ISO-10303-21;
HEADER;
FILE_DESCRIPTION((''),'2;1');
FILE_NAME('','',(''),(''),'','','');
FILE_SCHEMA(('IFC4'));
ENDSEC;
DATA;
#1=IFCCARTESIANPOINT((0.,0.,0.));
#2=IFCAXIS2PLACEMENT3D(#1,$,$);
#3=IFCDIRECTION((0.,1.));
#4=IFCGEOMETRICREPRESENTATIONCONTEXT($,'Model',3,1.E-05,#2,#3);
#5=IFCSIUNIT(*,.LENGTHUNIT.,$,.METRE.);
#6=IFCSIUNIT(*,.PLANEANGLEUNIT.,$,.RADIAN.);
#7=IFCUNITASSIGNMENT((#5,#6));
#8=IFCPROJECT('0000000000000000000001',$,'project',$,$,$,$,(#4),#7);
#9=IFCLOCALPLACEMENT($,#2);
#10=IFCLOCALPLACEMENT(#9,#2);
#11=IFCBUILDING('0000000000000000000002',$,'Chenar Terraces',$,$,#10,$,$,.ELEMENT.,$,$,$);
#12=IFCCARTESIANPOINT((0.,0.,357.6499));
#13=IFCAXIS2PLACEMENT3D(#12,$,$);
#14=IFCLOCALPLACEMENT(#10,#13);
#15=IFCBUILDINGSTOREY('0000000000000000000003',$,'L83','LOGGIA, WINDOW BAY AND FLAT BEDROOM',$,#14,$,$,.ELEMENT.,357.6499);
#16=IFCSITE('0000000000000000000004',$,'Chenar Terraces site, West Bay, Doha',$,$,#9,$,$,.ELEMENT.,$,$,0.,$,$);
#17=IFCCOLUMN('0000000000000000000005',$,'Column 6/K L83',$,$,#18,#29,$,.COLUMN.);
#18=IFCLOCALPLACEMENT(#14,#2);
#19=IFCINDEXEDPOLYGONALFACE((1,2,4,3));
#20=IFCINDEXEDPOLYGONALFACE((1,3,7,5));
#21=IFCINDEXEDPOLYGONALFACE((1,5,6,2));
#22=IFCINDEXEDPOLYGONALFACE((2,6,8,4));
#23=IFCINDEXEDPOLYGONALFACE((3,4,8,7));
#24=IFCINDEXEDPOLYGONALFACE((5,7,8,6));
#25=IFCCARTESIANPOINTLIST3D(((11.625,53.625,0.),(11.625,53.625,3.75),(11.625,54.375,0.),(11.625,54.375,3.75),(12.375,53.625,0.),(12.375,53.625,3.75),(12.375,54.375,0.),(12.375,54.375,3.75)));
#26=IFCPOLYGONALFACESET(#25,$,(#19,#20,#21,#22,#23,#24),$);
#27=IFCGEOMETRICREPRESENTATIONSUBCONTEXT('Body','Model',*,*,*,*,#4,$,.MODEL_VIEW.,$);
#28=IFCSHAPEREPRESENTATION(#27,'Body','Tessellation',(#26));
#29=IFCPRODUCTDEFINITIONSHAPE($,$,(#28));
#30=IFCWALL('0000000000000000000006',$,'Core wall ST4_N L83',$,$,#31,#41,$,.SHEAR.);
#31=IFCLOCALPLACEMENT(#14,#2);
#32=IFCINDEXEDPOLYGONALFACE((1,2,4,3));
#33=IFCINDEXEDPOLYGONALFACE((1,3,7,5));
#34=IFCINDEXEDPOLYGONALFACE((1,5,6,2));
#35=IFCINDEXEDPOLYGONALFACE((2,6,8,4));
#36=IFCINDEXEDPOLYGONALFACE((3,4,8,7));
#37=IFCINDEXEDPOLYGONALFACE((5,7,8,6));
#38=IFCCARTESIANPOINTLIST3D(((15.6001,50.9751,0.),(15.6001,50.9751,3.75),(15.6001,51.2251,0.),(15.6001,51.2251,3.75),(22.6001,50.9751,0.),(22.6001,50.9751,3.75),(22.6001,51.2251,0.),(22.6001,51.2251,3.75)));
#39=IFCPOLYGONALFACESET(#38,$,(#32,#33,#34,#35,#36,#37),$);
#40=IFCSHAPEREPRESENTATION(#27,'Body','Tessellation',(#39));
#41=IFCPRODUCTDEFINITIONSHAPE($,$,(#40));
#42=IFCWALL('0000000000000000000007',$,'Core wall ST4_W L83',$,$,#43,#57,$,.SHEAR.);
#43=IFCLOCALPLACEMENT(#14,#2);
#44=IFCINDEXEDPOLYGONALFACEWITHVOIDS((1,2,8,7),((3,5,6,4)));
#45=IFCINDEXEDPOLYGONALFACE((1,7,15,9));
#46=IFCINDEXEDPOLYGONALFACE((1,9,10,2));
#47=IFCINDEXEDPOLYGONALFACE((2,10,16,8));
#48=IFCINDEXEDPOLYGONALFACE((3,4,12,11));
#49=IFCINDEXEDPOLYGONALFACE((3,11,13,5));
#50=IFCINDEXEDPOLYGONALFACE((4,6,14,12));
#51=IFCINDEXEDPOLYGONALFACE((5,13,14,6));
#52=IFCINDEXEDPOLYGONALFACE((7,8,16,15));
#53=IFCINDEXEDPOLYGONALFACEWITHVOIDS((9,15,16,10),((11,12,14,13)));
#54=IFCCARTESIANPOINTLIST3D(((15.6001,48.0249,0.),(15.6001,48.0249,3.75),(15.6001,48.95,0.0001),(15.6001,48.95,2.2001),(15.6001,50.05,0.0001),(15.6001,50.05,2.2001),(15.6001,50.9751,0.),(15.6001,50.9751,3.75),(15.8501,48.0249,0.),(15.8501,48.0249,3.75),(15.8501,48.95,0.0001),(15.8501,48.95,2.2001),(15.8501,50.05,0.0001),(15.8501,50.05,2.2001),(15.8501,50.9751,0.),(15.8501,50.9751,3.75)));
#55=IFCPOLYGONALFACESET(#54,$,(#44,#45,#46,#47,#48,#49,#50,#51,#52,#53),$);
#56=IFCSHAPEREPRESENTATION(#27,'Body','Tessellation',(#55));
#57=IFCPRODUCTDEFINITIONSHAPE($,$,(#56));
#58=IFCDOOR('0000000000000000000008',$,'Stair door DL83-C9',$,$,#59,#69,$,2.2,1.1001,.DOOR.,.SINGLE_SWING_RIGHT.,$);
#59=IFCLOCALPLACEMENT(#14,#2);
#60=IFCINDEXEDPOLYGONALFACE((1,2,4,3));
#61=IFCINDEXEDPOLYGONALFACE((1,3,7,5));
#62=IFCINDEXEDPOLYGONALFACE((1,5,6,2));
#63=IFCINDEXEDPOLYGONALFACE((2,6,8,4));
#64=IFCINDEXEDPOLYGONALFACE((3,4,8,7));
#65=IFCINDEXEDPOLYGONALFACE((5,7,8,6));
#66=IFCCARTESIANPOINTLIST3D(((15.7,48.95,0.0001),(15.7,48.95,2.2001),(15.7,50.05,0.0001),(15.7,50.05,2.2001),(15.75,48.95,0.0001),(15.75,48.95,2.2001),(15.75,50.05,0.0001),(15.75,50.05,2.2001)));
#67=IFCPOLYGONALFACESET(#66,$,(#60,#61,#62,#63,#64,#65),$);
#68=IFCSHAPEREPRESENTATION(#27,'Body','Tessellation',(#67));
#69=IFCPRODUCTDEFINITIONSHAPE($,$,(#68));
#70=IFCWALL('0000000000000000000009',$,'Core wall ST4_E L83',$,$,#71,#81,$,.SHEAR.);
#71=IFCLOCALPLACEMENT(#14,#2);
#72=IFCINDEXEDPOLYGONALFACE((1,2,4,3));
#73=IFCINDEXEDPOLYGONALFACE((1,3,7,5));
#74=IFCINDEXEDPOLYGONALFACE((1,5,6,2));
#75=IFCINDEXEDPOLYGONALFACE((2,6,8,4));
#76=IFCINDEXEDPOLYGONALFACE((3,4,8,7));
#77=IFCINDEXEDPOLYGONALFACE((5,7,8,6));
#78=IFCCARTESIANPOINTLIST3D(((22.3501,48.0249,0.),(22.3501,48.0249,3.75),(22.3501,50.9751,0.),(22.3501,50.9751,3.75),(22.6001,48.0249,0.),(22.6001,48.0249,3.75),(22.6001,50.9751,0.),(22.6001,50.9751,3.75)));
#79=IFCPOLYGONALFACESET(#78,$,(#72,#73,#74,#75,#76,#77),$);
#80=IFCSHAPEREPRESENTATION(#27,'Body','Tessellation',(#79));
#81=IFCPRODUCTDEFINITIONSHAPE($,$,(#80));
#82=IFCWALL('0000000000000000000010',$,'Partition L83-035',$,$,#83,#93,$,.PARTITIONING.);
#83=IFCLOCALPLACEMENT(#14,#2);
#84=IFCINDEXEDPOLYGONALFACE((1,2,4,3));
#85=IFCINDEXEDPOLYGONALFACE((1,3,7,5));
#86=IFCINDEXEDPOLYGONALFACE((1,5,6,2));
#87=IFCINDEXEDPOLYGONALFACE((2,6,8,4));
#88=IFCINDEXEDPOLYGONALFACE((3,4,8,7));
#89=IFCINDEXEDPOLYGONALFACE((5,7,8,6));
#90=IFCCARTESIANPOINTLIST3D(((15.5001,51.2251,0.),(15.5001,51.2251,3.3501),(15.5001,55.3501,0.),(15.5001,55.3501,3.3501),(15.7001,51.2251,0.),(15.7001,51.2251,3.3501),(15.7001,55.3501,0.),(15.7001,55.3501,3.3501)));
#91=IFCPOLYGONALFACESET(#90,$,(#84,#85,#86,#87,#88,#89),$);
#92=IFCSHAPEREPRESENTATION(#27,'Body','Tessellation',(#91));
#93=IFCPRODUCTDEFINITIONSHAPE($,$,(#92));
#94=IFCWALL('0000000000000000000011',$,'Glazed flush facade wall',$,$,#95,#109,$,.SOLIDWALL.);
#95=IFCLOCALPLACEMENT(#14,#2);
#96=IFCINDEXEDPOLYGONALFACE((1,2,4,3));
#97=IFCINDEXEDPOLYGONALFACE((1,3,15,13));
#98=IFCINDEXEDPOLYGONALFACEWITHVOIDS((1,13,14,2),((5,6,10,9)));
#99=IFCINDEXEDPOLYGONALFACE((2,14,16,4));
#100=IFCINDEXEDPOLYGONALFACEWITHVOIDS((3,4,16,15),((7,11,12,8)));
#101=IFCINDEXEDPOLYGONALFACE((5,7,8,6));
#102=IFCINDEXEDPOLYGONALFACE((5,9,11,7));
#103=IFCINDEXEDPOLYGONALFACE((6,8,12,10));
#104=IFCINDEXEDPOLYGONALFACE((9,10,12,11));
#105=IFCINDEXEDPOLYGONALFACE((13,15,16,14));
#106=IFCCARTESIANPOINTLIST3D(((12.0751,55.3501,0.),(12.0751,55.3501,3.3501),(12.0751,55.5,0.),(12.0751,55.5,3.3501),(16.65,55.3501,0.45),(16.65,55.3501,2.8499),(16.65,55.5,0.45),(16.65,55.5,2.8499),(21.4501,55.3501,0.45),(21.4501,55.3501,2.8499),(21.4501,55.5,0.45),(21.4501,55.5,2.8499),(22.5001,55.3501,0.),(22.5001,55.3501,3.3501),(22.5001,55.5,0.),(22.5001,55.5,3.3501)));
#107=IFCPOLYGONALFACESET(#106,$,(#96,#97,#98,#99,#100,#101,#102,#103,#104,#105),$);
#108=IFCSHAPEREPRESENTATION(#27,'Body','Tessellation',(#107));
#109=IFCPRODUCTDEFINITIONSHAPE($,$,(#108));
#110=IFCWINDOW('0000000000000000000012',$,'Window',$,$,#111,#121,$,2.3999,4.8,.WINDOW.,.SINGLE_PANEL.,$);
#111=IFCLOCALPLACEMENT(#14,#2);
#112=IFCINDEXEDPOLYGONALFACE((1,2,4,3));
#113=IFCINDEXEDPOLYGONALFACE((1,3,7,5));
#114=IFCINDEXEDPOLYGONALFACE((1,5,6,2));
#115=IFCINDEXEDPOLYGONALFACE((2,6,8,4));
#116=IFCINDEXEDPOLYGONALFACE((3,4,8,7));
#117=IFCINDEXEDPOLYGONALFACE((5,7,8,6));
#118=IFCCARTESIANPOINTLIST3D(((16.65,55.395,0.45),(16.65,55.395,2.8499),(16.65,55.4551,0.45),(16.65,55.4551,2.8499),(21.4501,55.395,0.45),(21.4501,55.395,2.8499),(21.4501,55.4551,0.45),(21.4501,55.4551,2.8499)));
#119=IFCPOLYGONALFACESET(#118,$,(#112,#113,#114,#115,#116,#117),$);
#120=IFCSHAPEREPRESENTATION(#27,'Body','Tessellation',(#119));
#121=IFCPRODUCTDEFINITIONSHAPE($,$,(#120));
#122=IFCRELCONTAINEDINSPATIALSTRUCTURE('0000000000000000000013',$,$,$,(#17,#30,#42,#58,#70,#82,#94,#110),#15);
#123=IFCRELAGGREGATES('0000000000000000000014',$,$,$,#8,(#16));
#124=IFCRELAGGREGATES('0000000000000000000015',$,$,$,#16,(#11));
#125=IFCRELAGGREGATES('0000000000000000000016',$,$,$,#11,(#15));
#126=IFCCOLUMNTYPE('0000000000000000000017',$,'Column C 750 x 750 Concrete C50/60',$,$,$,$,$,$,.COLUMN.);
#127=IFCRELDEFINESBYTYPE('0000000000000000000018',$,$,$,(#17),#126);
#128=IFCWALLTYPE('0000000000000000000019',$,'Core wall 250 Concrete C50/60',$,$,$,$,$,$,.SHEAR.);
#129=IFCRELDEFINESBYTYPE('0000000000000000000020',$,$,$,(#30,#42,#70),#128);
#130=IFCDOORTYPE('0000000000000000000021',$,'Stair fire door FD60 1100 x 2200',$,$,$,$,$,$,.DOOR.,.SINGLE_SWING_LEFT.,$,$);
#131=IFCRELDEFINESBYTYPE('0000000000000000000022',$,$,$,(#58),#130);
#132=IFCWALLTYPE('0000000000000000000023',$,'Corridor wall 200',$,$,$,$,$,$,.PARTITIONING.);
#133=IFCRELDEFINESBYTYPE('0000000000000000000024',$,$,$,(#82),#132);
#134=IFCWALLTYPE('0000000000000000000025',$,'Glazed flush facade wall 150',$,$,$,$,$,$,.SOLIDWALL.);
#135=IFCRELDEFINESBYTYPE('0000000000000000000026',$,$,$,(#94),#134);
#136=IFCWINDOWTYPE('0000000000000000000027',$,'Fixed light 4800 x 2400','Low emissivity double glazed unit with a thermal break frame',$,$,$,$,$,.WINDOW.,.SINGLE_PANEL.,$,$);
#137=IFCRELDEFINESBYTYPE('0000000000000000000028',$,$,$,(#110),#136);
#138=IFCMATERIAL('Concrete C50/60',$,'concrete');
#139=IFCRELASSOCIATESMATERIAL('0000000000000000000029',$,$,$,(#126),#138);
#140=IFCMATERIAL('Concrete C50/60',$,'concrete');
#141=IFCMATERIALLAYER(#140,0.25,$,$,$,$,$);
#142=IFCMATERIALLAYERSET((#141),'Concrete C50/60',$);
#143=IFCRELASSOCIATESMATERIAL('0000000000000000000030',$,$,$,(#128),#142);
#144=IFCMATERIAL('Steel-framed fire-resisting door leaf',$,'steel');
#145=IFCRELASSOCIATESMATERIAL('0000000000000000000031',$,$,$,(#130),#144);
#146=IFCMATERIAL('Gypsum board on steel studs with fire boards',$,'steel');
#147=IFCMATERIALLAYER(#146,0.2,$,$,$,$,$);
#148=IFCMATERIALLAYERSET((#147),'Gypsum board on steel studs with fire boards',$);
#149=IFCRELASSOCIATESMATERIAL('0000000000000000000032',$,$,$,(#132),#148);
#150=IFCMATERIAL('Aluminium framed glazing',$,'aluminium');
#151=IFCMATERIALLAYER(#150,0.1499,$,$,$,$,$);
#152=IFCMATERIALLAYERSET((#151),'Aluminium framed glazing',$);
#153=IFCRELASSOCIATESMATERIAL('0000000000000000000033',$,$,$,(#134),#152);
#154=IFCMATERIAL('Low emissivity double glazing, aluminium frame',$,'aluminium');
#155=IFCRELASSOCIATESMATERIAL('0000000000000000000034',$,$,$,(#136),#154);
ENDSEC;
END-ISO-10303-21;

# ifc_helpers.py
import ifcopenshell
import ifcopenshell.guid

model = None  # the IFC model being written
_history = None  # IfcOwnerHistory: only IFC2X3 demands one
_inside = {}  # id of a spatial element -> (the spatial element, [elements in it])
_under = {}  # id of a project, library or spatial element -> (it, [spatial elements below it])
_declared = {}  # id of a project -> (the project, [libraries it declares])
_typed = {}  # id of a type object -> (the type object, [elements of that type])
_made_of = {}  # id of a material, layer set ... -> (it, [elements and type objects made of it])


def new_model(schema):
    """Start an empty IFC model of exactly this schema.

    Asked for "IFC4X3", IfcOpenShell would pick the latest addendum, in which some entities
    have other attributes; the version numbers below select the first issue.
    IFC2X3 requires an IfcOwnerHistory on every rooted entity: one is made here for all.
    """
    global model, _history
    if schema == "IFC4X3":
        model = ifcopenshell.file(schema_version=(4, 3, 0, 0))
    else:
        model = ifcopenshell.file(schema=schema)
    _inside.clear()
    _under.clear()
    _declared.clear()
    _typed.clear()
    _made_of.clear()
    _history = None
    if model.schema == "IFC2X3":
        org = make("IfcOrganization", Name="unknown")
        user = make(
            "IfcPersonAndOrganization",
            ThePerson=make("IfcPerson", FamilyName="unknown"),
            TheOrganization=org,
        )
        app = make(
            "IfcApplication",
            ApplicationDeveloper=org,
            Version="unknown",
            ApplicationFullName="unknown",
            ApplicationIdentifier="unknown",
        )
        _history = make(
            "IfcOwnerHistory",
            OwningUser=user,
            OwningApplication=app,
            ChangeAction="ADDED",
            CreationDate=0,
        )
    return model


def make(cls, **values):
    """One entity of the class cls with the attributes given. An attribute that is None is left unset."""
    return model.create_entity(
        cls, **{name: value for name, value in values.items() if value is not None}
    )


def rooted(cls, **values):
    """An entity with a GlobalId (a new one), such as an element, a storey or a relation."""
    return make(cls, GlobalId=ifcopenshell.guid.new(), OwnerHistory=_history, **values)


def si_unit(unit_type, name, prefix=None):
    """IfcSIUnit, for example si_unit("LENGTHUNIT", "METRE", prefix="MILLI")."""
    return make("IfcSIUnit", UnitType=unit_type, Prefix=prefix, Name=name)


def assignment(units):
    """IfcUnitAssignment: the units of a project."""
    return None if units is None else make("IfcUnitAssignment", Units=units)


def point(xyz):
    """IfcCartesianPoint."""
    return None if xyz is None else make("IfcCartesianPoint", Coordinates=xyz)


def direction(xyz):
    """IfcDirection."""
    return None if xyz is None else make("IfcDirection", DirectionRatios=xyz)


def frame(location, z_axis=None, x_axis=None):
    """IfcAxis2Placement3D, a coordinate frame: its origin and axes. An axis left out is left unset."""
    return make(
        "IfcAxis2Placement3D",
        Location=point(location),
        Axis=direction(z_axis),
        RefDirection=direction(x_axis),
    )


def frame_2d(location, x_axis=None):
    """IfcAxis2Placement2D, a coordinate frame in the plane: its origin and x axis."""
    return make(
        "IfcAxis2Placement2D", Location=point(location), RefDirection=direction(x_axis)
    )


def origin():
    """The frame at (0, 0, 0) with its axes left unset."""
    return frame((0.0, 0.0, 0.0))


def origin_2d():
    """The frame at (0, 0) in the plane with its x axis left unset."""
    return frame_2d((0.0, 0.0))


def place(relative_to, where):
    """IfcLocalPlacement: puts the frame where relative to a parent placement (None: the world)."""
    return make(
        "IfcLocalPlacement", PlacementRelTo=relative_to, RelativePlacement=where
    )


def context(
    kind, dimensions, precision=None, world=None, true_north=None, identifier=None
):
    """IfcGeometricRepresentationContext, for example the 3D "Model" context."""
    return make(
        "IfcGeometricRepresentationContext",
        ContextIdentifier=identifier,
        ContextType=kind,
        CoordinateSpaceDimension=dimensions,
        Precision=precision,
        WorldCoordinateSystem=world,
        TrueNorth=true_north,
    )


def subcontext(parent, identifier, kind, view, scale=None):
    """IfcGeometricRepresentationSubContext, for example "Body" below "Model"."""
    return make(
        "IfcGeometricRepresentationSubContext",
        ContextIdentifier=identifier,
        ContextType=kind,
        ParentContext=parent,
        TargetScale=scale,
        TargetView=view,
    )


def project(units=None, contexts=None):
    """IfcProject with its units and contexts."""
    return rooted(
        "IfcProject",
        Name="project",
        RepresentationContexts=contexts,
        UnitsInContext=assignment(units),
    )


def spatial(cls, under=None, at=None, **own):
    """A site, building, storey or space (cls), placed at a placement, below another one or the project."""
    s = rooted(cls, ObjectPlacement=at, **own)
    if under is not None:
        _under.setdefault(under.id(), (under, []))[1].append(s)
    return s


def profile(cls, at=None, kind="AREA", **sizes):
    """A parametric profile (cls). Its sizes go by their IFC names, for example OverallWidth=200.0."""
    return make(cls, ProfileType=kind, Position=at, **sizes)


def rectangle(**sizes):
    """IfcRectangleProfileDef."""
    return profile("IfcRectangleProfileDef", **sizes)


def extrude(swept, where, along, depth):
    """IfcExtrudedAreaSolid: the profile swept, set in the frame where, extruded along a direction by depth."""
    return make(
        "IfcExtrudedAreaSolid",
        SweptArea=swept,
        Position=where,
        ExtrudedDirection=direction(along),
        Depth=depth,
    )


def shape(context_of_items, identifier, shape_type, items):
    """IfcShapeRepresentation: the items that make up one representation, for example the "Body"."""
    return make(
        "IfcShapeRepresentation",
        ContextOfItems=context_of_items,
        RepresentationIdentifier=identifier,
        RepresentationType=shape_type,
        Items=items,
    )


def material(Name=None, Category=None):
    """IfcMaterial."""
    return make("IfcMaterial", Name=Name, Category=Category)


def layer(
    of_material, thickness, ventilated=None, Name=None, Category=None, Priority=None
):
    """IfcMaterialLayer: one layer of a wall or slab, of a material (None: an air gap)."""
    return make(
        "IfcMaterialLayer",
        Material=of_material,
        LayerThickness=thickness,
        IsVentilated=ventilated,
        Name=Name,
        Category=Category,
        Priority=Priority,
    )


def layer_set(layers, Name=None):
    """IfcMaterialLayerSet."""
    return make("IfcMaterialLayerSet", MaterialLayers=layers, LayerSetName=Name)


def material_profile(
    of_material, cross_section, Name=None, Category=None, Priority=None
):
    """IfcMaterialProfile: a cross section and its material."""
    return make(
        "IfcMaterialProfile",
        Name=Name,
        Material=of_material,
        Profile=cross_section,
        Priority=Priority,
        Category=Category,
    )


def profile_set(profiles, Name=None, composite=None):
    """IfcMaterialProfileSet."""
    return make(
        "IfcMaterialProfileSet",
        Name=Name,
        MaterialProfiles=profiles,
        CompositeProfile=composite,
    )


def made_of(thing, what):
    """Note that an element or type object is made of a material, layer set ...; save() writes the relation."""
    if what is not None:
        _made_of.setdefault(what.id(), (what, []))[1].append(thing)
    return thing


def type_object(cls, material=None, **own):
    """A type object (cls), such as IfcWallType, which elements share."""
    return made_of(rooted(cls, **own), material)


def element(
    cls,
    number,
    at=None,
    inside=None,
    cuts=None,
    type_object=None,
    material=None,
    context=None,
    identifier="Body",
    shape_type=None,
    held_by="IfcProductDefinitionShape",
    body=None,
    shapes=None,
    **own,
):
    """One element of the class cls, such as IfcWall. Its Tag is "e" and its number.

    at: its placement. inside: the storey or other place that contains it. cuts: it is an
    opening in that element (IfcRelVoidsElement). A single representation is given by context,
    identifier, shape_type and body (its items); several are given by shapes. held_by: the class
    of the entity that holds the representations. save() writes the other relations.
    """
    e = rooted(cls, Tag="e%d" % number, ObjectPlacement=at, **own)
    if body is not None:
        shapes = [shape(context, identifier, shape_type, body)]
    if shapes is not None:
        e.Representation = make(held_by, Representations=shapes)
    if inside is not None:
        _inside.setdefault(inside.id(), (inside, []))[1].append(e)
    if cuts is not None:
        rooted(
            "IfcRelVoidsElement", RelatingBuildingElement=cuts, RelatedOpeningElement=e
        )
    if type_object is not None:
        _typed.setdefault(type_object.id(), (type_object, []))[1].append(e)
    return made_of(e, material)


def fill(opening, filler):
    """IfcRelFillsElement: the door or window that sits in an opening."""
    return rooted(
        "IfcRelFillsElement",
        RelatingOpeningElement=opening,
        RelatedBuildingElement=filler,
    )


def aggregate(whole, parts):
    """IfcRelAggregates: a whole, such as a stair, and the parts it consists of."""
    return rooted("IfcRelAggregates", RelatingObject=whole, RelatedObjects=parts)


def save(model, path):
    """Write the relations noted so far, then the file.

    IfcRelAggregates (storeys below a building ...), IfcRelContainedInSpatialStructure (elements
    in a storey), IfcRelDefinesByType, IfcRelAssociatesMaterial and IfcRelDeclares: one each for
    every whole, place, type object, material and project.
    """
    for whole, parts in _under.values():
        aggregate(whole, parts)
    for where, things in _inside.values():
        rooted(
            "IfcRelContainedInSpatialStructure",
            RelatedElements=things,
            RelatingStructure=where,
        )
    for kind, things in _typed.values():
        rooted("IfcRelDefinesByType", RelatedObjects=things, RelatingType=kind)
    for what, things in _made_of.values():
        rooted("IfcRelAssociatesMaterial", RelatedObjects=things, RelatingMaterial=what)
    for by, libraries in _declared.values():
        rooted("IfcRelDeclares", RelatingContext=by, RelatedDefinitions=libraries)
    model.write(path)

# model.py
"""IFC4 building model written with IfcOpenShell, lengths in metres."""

from ifc_helpers import new_model, si_unit, direction, frame, frame_2d, origin, origin_2d, place, context, subcontext, project, spatial, rectangle, extrude, material, layer, layer_set, material_profile, profile_set, type_object, element, fill, save


model = new_model("IFC4")

# Units and contexts
model_context = context("Model", 3, precision=1e-05, world=origin(), true_north=direction((0.0, 1.0)))
body_context = subcontext(model_context, "Body", "Model", "MODEL_VIEW")
ifc_project = project(units=[si_unit("LENGTHUNIT", "METRE"), si_unit("PLANEANGLEUNIT", "RADIAN")], contexts=[model_context])

# Site, building, storey
site_placement = place(None, origin())
site = spatial("IfcSite", under=ifc_project, at=site_placement, Name="Chenar Terraces site, West Bay, Doha", CompositionType="ELEMENT", RefElevation=0.0)
building_placement = place(site_placement, origin())
building = spatial("IfcBuilding", under=site, at=building_placement, Name="Chenar Terraces", CompositionType="ELEMENT")
storey_placement = place(building_placement, frame((0.0, 0.0, 357.6499)))
storey = spatial("IfcBuildingStorey", under=building, at=storey_placement, Name="L83", Description="LOGGIA, WINDOW BAY AND FLAT BEDROOM", CompositionType="ELEMENT", Elevation=357.6499)

# Column
ifc_material_1 = material(Name="Concrete C50/60", Category="concrete")
ifc_material_profile = material_profile(ifc_material_1, rectangle(XDim=0.75, YDim=0.75, at=origin_2d()), Name="C 750 x 750")
ifc_profile_set = profile_set([ifc_material_profile], Name="Concrete C50/60")
column_type = type_object("IfcColumnType", Name="Column C 750 x 750 Concrete C50/60", PredefinedType="COLUMN", material=ifc_profile_set)
column_placement = place(storey_placement, frame((12.0, 54.0, 0.0), z_axis=(0.0, 0.0, 1.0), x_axis=(1.0, 0.0, 0.0)))
element("IfcColumn", 1, at=column_placement, inside=storey, type_object=column_type, Name="Column 6/K L83", PredefinedType="COLUMN", context=body_context, shape_type="SweptSolid", body=[
    extrude(rectangle(XDim=0.75, YDim=0.75, at=origin_2d()), origin(), (0.0, 0.0, 1.0), 3.75),
])

# Wall
ifc_material_2 = material(Name="Concrete C50/60", Category="concrete")
ifc_layer_1 = layer(ifc_material_2, 0.25)
ifc_layer_set_1 = layer_set([ifc_layer_1], Name="Concrete C50/60")
wall_type_1 = type_object("IfcWallType", Name="Core wall 250 Concrete C50/60", PredefinedType="SHEAR", material=ifc_layer_set_1)
wall_1_placement = place(storey_placement, frame((15.6001, 51.1001, 0.0), z_axis=(0.0, 0.0, 1.0), x_axis=(1.0, 0.0, 0.0)))
element("IfcWall", 2, at=wall_1_placement, inside=storey, type_object=wall_type_1, Name="Core wall ST4_N L83", PredefinedType="SHEAR", context=body_context, shape_type="SweptSolid", body=[
    extrude(rectangle(XDim=7.0, YDim=0.25, at=frame_2d((3.5, 0.0))), origin(), (0.0, 0.0, 1.0), 3.75),
])

# Wall, opening, door
wall_2_placement = place(storey_placement, frame((15.7251, 48.0249, 0.0), z_axis=(0.0, 0.0, 1.0), x_axis=(0.0, 1.0, 0.0)))
wall_2 = element("IfcWall", 3, at=wall_2_placement, inside=storey, type_object=wall_type_1, Name="Core wall ST4_W L83", PredefinedType="SHEAR", context=body_context, shape_type="SweptSolid", body=[
    extrude(rectangle(XDim=2.9502, YDim=0.25, at=frame_2d((1.4751, 0.0))), origin(), (0.0, 0.0, 1.0), 3.75),
])
opening_1_placement = place(wall_2_placement, frame((0.925, 0.0, 0.0)))
opening_1 = element("IfcOpeningElement", 4, at=opening_1_placement, cuts=wall_2, PredefinedType="OPENING", context=body_context, shape_type="SweptSolid", body=[
    extrude(rectangle(XDim=1.1001, YDim=2.2, at=frame_2d((0.55, 1.1001))), frame((0.0, 0.135, 0.0), z_axis=(0.0, -1.0, 0.0), x_axis=(1.0, 0.0, 0.0)), (0.0, 0.0, 1.0), 0.27),
])
ifc_material_3 = material(Name="Steel-framed fire-resisting door leaf", Category="steel")
door_type_1 = type_object("IfcDoorType", Name="Stair fire door FD60 1100 x 2200", OperationType="SINGLE_SWING_LEFT", PredefinedType="DOOR", material=ifc_material_3)
door_1_placement = place(opening_1_placement, frame((1.1001, 0.0, 0.0), z_axis=(0.0, 0.0, 1.0), x_axis=(-1.0, 0.0, 0.0)))
door_1 = element("IfcDoor", 5, at=door_1_placement, inside=storey, type_object=door_type_1, Name="Stair door DL83-C9", OperationType="SINGLE_SWING_RIGHT", OverallHeight=2.2, OverallWidth=1.1001, PredefinedType="DOOR", context=body_context, shape_type="SweptSolid", body=[
    extrude(rectangle(XDim=1.1001, YDim=2.2, at=frame_2d((0.55, 1.1001))), frame((0.0, 0.0249, 0.0), z_axis=(0.0, -1.0, 0.0), x_axis=(1.0, 0.0, 0.0)), (0.0, 0.0, 1.0), 0.05),
])
fill(opening_1, door_1)

# Walls
wall_3_placement = place(storey_placement, frame((22.4751, 48.0249, 0.0), z_axis=(0.0, 0.0, 1.0), x_axis=(0.0, 1.0, 0.0)))
element("IfcWall", 6, at=wall_3_placement, inside=storey, type_object=wall_type_1, Name="Core wall ST4_E L83", PredefinedType="SHEAR", context=body_context, shape_type="SweptSolid", body=[
    extrude(rectangle(XDim=2.9502, YDim=0.25, at=frame_2d((1.4751, 0.0))), origin(), (0.0, 0.0, 1.0), 3.75),
])
ifc_material_4 = material(Name="Gypsum board on steel studs with fire boards", Category="steel")
ifc_layer_2 = layer(ifc_material_4, 0.2)
ifc_layer_set_2 = layer_set([ifc_layer_2], Name="Gypsum board on steel studs with fire boards")
wall_type_2 = type_object("IfcWallType", Name="Corridor wall 200", PredefinedType="PARTITIONING", material=ifc_layer_set_2)
wall_4_placement = place(storey_placement, frame((15.6001, 51.2251, 0.0), z_axis=(0.0, 0.0, 1.0), x_axis=(0.0, 1.0, 0.0)))
element("IfcWall", 7, at=wall_4_placement, inside=storey, type_object=wall_type_2, Name="Partition L83-035", PredefinedType="PARTITIONING", context=body_context, shape_type="SweptSolid", body=[
    extrude(rectangle(XDim=4.125, YDim=0.2, at=frame_2d((2.0625, 0.0))), origin(), (0.0, 0.0, 1.0), 3.3501),
])

# Wall, opening, window
ifc_material_5 = material(Name="Aluminium framed glazing", Category="aluminium")
ifc_layer_3 = layer(ifc_material_5, 0.1499)
ifc_layer_set_3 = layer_set([ifc_layer_3], Name="Aluminium framed glazing")
wall_type_3 = type_object("IfcWallType", Name="Glazed flush facade wall 150", PredefinedType="SOLIDWALL", material=ifc_layer_set_3)
wall_5_placement = place(storey_placement, frame((22.5, 55.425, 0.0), z_axis=(0.0, 0.0, 1.0), x_axis=(-1.0, 0.0, 0.0)))
wall_5 = element("IfcWall", 8, at=wall_5_placement, inside=storey, type_object=wall_type_3, Name="Glazed flush facade wall", PredefinedType="SOLIDWALL", context=body_context, shape_type="SweptSolid", body=[
    extrude(rectangle(XDim=10.425, YDim=0.1499, at=frame_2d((5.2124, 0.0))), origin(), (0.0, 0.0, 1.0), 3.3501),
])
opening_2_placement = place(wall_5_placement, frame((1.05, 0.0, 0.45)))
opening_2 = element("IfcOpeningElement", 9, at=opening_2_placement, cuts=wall_5, PredefinedType="OPENING", context=body_context, shape_type="SweptSolid", body=[
    extrude(rectangle(XDim=4.8, YDim=2.3999, at=frame_2d((2.3999, 1.2))), frame((0.0, 0.085, 0.0), z_axis=(0.0, -1.0, 0.0), x_axis=(1.0, 0.0, 0.0)), (0.0, 0.0, 1.0), 0.1699),
])
ifc_material_6 = material(Name="Low emissivity double glazing, aluminium frame", Category="aluminium")
window_type_1 = type_object("IfcWindowType", Name="Fixed light 4800 x 2400", Description="Low emissivity double glazed unit with a thermal break frame", PartitioningType="SINGLE_PANEL", PredefinedType="WINDOW", material=ifc_material_6)
window_1_placement = place(opening_2_placement, origin())
window_1 = element("IfcWindow", 10, at=window_1_placement, inside=storey, type_object=window_type_1, Name="Window", OverallHeight=2.3999, OverallWidth=4.8, PartitioningType="SINGLE_PANEL", PredefinedType="WINDOW", context=body_context, shape_type="SweptSolid", body=[
    extrude(rectangle(XDim=4.8, YDim=2.3999, at=frame_2d((2.3999, 1.2))), frame((0.0, 0.03, 0.0), z_axis=(0.0, -1.0, 0.0), x_axis=(1.0, 0.0, 0.0)), (0.0, 0.0, 1.0), 0.0601),
])
fill(opening_2, window_1)

save(model, "model.ifc")
